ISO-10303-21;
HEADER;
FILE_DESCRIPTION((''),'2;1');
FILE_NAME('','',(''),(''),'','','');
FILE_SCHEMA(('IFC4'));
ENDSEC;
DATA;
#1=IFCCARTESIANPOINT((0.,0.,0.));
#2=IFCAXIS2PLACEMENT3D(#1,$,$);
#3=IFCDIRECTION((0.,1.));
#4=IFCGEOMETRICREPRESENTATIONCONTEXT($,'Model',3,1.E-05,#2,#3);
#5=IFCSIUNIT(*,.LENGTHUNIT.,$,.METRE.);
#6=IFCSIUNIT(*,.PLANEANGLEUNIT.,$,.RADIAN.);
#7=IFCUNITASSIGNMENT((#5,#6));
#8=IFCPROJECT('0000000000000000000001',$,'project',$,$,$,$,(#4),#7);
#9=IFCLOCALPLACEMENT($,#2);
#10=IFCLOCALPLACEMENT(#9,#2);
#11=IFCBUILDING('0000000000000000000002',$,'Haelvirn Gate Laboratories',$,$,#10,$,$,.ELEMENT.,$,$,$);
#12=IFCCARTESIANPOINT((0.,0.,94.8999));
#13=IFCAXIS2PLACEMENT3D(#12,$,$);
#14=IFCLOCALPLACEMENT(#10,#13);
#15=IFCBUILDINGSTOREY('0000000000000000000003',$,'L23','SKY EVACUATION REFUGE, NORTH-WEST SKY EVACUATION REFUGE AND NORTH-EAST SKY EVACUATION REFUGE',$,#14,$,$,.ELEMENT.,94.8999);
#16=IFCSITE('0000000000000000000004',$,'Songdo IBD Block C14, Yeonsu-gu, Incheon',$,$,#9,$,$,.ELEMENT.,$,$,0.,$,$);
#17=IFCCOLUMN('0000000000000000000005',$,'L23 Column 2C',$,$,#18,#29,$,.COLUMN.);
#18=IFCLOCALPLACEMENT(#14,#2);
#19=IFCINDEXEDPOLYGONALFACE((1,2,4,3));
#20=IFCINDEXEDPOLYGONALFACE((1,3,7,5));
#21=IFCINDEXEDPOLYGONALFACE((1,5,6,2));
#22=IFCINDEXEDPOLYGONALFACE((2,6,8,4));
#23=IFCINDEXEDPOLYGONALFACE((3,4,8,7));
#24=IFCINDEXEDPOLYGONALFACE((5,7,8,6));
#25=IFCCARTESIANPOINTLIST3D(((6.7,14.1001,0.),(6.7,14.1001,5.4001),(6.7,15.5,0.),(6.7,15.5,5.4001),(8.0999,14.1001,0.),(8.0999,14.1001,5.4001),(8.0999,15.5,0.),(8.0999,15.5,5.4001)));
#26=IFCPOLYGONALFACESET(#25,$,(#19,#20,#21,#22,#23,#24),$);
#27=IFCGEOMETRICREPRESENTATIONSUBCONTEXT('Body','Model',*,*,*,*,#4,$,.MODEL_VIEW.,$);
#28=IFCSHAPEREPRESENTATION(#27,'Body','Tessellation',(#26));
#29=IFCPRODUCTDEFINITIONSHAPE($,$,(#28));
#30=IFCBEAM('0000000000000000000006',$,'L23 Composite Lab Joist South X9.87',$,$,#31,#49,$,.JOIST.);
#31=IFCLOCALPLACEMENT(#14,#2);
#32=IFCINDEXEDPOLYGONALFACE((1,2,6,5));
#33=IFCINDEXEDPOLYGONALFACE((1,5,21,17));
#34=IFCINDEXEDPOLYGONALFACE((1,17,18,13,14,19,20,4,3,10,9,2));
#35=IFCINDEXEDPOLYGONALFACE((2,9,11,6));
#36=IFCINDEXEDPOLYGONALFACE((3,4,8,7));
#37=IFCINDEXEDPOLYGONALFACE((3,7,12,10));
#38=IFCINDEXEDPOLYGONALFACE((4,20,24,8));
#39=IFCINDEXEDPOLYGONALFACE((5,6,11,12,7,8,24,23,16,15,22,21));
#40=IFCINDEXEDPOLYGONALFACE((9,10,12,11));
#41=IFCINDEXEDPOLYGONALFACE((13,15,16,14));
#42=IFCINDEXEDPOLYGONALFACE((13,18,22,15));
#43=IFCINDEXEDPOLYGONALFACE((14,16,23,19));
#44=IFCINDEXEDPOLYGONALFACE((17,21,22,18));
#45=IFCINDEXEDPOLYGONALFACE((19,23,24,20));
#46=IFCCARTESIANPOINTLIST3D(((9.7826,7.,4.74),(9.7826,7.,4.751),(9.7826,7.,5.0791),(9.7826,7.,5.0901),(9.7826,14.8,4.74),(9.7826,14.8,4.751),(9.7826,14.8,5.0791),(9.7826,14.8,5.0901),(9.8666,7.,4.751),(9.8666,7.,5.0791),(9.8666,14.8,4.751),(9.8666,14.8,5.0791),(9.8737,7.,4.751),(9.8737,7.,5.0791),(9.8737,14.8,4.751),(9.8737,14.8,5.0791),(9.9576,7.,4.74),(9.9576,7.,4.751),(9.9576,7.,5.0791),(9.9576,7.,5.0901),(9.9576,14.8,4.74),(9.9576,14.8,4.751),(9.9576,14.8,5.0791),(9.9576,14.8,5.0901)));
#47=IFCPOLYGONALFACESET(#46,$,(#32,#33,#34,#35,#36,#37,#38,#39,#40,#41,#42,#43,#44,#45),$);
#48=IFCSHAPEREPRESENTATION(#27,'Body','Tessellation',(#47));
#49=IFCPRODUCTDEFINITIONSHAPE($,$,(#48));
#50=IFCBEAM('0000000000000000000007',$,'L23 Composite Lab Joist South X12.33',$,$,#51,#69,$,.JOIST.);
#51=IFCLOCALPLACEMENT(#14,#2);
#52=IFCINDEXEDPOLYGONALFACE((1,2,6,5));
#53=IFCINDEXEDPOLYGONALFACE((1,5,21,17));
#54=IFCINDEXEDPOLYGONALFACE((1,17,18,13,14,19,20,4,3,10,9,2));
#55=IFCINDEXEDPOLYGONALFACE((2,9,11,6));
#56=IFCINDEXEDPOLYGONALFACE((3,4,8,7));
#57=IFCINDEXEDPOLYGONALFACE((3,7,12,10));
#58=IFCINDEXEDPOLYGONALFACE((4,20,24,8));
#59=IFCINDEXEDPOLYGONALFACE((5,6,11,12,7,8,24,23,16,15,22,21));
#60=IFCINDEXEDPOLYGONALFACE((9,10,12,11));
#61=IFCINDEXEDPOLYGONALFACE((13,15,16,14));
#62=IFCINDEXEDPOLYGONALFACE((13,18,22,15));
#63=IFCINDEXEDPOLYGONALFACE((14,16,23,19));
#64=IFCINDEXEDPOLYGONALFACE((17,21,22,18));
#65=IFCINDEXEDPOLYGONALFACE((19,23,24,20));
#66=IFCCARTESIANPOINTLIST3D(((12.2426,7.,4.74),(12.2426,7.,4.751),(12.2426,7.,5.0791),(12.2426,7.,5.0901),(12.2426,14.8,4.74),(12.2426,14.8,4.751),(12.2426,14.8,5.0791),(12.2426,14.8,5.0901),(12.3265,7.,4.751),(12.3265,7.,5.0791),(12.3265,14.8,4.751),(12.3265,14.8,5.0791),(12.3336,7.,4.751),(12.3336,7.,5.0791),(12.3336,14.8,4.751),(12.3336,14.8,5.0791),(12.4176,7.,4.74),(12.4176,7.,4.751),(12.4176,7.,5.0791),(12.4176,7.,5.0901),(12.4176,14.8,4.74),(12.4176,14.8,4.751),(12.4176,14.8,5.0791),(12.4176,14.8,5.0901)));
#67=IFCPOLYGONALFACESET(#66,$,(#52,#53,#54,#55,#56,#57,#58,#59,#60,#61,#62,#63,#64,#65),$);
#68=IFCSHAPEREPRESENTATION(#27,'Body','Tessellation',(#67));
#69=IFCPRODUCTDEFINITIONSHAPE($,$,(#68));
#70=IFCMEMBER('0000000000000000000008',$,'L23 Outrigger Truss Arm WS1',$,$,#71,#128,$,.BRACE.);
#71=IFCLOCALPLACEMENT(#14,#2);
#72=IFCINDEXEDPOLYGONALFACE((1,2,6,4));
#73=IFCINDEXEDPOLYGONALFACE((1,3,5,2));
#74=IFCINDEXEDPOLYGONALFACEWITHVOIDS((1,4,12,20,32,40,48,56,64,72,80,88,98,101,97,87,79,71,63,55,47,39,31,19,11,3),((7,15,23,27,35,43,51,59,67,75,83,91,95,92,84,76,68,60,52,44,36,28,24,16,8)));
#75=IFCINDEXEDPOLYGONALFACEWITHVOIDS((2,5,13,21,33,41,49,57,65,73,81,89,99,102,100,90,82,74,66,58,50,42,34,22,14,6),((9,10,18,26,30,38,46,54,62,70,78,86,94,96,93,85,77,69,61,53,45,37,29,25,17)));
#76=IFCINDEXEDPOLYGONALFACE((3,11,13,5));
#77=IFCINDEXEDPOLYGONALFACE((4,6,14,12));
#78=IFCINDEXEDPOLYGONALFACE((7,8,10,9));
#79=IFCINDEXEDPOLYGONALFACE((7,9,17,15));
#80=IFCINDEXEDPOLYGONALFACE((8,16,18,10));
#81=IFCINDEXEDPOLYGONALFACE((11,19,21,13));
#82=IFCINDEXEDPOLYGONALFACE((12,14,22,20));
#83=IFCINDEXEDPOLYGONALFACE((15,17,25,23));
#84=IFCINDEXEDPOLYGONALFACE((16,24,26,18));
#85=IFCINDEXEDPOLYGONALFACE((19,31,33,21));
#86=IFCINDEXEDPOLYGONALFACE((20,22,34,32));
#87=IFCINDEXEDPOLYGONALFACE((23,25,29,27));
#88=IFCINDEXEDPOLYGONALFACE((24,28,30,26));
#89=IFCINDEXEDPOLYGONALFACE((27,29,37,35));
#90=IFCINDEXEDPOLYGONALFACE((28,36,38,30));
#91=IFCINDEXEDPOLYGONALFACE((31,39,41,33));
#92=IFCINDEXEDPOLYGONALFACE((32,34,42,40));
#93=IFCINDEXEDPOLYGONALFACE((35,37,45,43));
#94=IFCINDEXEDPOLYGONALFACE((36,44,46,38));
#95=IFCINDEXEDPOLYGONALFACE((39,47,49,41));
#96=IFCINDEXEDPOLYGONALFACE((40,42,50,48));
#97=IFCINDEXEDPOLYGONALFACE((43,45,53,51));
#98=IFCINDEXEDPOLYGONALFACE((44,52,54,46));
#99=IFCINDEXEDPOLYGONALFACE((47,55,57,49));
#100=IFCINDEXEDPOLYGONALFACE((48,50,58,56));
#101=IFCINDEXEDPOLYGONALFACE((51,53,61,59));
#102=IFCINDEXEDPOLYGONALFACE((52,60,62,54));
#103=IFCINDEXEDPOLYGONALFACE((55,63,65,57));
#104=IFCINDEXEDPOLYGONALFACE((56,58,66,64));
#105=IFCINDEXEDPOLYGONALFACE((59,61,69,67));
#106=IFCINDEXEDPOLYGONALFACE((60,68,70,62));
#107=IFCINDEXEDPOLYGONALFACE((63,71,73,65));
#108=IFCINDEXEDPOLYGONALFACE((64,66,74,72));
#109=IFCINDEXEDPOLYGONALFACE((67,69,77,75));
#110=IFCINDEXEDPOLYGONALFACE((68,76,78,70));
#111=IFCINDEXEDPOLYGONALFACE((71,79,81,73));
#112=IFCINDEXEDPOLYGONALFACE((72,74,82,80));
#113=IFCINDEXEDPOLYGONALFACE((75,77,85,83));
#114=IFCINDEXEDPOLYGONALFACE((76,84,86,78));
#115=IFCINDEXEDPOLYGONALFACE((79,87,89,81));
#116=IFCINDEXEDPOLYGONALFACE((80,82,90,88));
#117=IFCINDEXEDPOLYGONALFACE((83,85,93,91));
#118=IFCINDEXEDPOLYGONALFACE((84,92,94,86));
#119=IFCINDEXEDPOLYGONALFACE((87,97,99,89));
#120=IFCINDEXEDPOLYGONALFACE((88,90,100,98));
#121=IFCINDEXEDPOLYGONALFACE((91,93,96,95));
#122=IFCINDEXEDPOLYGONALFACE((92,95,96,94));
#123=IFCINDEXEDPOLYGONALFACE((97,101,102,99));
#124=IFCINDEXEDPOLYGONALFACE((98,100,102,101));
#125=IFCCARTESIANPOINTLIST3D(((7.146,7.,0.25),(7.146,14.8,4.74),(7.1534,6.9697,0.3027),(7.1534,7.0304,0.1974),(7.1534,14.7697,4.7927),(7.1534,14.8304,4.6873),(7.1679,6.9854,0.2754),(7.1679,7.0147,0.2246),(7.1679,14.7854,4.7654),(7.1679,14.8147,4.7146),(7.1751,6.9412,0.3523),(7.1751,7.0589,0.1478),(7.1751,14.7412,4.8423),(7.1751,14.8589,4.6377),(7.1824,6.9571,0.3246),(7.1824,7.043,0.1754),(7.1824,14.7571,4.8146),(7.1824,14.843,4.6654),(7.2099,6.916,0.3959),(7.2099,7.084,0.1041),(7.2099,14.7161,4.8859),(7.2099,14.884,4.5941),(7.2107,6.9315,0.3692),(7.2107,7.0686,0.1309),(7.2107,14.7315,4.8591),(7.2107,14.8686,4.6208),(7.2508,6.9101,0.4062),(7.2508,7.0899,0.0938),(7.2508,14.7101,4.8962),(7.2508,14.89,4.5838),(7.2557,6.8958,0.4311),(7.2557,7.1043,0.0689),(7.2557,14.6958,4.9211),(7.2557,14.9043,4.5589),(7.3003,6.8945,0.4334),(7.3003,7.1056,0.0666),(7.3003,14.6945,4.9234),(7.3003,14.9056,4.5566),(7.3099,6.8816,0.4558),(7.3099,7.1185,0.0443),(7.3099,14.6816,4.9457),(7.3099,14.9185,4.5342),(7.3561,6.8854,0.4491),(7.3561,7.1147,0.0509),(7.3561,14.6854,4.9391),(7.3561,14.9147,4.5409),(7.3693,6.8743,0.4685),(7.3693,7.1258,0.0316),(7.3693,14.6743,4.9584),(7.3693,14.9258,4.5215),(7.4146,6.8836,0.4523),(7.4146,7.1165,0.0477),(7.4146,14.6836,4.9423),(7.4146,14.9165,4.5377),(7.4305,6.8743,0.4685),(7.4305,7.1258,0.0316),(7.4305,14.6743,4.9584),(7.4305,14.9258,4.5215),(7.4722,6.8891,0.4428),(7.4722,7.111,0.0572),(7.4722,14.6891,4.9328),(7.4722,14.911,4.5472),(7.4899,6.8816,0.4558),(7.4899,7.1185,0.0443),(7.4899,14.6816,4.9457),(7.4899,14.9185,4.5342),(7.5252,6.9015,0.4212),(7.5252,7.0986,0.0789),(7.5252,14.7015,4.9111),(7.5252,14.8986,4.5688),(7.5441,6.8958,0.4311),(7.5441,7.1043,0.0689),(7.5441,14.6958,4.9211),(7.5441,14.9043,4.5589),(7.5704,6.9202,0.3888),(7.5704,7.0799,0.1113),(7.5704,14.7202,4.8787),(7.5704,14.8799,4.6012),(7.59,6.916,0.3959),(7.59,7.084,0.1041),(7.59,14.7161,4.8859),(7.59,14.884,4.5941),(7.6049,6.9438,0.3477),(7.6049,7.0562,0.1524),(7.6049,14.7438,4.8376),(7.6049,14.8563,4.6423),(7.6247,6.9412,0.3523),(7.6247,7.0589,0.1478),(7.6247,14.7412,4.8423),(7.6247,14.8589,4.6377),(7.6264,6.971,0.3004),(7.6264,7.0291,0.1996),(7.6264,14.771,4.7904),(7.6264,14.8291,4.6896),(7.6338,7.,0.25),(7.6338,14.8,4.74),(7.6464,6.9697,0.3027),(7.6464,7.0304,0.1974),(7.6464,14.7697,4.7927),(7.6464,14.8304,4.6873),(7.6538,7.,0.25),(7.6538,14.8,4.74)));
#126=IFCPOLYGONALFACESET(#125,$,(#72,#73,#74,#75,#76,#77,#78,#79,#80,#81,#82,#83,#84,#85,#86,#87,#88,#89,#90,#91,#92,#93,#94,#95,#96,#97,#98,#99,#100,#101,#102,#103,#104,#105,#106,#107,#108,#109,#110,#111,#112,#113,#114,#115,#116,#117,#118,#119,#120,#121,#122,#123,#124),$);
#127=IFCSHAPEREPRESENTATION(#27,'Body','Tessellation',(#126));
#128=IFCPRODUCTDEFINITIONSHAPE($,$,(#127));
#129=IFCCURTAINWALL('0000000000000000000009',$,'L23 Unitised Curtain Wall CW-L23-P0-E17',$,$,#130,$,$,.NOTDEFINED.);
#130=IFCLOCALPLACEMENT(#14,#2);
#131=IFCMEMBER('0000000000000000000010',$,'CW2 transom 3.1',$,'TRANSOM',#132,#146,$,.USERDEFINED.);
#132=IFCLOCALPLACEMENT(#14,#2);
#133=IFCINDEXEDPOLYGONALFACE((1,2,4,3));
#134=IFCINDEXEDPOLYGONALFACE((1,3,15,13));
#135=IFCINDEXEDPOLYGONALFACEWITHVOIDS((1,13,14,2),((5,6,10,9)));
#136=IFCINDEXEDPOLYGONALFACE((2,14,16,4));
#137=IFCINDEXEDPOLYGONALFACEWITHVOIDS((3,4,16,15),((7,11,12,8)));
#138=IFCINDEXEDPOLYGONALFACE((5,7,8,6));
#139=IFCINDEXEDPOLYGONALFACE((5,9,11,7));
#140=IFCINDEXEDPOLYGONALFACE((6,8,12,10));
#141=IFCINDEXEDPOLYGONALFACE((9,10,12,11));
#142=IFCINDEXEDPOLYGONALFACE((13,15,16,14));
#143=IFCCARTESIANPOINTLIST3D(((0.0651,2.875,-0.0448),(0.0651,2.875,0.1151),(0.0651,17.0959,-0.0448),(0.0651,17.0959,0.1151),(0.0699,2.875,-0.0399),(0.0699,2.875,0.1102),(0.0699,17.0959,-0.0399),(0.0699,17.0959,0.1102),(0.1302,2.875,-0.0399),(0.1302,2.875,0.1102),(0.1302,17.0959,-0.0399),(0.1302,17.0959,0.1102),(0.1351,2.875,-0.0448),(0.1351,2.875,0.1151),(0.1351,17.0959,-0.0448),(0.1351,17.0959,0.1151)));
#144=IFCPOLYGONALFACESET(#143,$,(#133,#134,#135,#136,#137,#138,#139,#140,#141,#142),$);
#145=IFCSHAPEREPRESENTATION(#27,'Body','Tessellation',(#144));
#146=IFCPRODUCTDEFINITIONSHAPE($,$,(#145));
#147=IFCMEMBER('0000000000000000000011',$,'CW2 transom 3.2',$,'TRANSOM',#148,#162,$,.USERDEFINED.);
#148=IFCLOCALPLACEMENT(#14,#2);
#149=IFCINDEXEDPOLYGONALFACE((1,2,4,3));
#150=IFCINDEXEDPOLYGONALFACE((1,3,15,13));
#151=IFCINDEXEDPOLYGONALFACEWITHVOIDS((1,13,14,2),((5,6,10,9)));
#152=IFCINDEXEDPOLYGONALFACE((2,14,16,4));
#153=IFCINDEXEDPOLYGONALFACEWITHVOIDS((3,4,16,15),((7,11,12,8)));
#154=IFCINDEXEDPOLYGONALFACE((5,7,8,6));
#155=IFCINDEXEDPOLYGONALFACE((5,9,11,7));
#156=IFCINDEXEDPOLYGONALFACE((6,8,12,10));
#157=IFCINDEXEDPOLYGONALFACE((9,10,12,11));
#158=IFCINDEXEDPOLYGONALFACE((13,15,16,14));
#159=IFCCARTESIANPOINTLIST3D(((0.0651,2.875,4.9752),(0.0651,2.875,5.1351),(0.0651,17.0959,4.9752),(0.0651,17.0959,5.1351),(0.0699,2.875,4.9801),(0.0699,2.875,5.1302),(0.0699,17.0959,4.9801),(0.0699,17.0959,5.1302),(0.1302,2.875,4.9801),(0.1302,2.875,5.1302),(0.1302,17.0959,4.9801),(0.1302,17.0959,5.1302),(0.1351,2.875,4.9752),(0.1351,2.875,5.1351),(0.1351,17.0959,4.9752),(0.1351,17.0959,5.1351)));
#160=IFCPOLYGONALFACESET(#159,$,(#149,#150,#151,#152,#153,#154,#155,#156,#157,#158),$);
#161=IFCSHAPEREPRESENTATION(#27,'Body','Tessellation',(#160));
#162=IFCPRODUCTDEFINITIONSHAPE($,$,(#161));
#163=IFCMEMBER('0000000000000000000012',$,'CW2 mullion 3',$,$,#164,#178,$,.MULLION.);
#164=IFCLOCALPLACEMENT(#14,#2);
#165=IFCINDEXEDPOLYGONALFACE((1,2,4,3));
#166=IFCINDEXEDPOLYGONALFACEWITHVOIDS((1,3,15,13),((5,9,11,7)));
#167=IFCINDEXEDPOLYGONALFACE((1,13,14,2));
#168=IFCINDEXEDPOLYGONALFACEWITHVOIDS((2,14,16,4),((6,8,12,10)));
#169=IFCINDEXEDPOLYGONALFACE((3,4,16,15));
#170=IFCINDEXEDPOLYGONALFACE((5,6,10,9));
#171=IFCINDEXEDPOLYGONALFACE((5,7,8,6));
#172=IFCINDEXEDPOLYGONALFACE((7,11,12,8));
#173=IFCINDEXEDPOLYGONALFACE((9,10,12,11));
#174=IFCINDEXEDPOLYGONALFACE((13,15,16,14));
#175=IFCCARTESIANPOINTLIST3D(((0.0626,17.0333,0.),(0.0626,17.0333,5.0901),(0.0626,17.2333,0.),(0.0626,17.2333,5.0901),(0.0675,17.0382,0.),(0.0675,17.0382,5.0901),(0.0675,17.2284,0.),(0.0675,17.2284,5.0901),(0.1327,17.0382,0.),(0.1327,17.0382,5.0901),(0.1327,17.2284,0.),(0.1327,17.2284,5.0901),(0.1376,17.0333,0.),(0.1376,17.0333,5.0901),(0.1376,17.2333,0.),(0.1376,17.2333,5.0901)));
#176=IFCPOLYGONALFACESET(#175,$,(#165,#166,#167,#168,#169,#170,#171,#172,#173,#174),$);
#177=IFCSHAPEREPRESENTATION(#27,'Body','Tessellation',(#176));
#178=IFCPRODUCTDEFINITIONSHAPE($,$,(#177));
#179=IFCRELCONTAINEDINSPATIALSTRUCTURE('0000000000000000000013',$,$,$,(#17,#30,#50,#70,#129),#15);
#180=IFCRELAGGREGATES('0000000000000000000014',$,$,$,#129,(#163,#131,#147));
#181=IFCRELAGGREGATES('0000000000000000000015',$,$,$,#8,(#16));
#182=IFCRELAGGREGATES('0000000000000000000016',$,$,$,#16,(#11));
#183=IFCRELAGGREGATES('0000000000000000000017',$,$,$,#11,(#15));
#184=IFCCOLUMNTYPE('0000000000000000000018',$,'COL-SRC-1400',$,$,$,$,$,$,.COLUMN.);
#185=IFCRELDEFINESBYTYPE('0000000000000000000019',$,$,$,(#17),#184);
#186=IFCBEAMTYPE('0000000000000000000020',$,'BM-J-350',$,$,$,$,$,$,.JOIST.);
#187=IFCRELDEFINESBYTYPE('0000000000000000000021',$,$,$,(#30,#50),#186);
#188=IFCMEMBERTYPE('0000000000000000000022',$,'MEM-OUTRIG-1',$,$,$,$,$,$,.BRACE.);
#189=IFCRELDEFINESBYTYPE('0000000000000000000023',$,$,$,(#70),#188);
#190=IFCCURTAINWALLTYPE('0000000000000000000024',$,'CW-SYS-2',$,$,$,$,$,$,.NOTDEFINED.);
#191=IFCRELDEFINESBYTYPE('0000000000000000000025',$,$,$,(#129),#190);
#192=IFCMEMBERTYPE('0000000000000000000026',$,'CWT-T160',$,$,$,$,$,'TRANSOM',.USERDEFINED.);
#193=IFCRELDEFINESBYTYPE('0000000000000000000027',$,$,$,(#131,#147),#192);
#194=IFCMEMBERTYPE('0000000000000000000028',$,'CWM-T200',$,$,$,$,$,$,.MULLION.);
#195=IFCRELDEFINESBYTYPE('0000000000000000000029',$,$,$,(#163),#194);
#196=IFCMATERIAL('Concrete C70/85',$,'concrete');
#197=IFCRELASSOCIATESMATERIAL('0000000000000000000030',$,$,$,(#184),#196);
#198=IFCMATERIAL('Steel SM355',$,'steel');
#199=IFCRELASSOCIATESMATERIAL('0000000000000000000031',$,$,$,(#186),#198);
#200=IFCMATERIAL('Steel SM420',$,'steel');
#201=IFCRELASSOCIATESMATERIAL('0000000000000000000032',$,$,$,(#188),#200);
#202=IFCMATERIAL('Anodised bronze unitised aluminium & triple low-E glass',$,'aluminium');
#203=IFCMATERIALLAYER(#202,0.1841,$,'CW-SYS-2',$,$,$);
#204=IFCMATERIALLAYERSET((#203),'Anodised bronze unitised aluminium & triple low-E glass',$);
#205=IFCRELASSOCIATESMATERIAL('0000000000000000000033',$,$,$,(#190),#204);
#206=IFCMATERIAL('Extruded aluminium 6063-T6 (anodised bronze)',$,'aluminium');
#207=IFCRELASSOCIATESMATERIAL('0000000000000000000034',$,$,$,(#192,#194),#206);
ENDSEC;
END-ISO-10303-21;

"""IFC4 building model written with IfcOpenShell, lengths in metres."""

from ifc_helpers import new_model, si_unit, direction, frame, origin, origin_2d, place, context, subcontext, project, spatial, rectangle, hollow_rectangle, hollow_circle, i_section, extrude, source, transform, mapped, material, layer, layer_set, material_profile, profile_set, type_object, type_shapes, element, aggregate, save


model = new_model("IFC4")

# Units and contexts
model_context = context("Model", 3, precision=1e-05, world=origin(), true_north=direction((0.0, 1.0)))
body_context = subcontext(model_context, "Body", "Model", "MODEL_VIEW")
ifc_project = project(units=[si_unit("LENGTHUNIT", "METRE"), si_unit("PLANEANGLEUNIT", "RADIAN")], contexts=[model_context])

# Site, building, storey
site_placement = place(None, origin())
site = spatial("IfcSite", under=ifc_project, at=site_placement, Name="Songdo IBD Block C14, Yeonsu-gu, Incheon", CompositionType="ELEMENT", RefElevation=0.0)
building_placement = place(site_placement, origin())
building = spatial("IfcBuilding", under=site, at=building_placement, Name="Haelvirn Gate Laboratories", CompositionType="ELEMENT")
storey_placement = place(building_placement, frame((0.0, 0.0, 94.8999)))
storey = spatial("IfcBuildingStorey", under=building, at=storey_placement, Name="L23", Description="SKY EVACUATION REFUGE, NORTH-WEST SKY EVACUATION REFUGE AND NORTH-EAST SKY EVACUATION REFUGE", CompositionType="ELEMENT", Elevation=94.8999)

# Column
ifc_material_1 = material(Name="Concrete C70/85", Category="concrete")
ifc_material_profile_1 = material_profile(ifc_material_1, rectangle(XDim=1.3999, YDim=1.3999, at=origin_2d()), Name="SRC-1400x1400")
ifc_profile_set_1 = profile_set([ifc_material_profile_1], Name="Concrete C70/85")
column_type = type_object("IfcColumnType", Name="COL-SRC-1400", PredefinedType="COLUMN", material=ifc_profile_set_1)
shared_shape_1 = source(origin(), body_context, "Body", "SweptSolid", [
    extrude(rectangle(XDim=1.3999, YDim=1.3999, at=origin_2d()), origin(), (0.0, 0.0, 1.0), 5.4001),
])
type_shapes(column_type, [shared_shape_1])
column_placement = place(storey_placement, frame((7.3999, 14.8, 0.0), z_axis=(0.0, 0.0, 1.0), x_axis=(1.0, 0.0, 0.0)))
element("IfcColumn", 1, at=column_placement, inside=storey, type_object=column_type, Name="L23 Column 2C", PredefinedType="COLUMN", context=body_context, shape_type="MappedRepresentation", body=[
    mapped(shared_shape_1, transform((0.0, 0.0, 0.0), scale=1.0)),
])

# Beams
ifc_material_2 = material(Name="Steel SM355", Category="steel")
ifc_material_profile_2 = material_profile(ifc_material_2, i_section(OverallWidth=0.175, OverallDepth=0.3501, WebThickness=0.0071, FlangeThickness=0.011, at=origin_2d()), Name="H-350x175x7x11")
ifc_profile_set_2 = profile_set([ifc_material_profile_2], Name="Steel SM355")
beam_type = type_object("IfcBeamType", Name="BM-J-350", PredefinedType="JOIST", material=ifc_profile_set_2)
shared_shape_2 = source(origin(), body_context, "Body", "SweptSolid", [
    extrude(i_section(OverallWidth=0.175, OverallDepth=0.3501, WebThickness=0.0071, FlangeThickness=0.011, at=origin_2d()), origin(), (0.0, 0.0, 1.0), 7.8),
])
type_shapes(beam_type, [shared_shape_2])
for number, where, z_axis, x_axis, name in (
    (2, (9.8701, 7.0, 4.915), (0.0, 1.0, 0.0), (-1.0, 0.0, 0.0), "L23 Composite Lab Joist South X9.87"),
    (3, (12.3301, 7.0, 4.915), (0.0, 1.0, 0.0), (-1.0, 0.0, 0.0), "L23 Composite Lab Joist South X12.33"),
):
    element("IfcBeam", number, at=place(storey_placement, frame(where, z_axis=z_axis, x_axis=x_axis)), inside=storey, type_object=beam_type, Name=name, PredefinedType="JOIST", context=body_context, shape_type="MappedRepresentation", body=[
        mapped(shared_shape_2, transform((0.0, 0.0, 0.0), scale=1.0)),
    ])

# Member
ifc_material_3 = material(Name="Steel SM420", Category="steel")
ifc_material_profile_3 = material_profile(ifc_material_3, hollow_circle(Radius=0.2539, WallThickness=0.02, at=origin_2d()), Name="CHS-508x20")
ifc_profile_set_3 = profile_set([ifc_material_profile_3], Name="Steel SM420")
member_type_1 = type_object("IfcMemberType", Name="MEM-OUTRIG-1", PredefinedType="BRACE", material=ifc_profile_set_3)
shared_shape_3 = source(origin(), body_context, "Body", "SweptSolid", [
    extrude(hollow_circle(Radius=0.2539, WallThickness=0.02, at=origin_2d()), origin(), (0.0, 0.0, 1.0), 9.0),
])
type_shapes(member_type_1, [shared_shape_3])
member_1_placement = place(storey_placement, frame((7.3999, 14.8, 4.74), z_axis=(0.0, -0.866668, -0.498885), x_axis=(1.0, 0.0, 0.0)))
element("IfcMember", 4, at=member_1_placement, inside=storey, type_object=member_type_1, Name="L23 Outrigger Truss Arm WS1", PredefinedType="BRACE", context=body_context, shape_type="MappedRepresentation", body=[
    mapped(shared_shape_3, transform((0.0, 0.0, 0.0), scale=1.0)),
])

# Curtain wall, members
ifc_material_4 = material(Name="Anodised bronze unitised aluminium & triple low-E glass", Category="aluminium")
ifc_layer_1 = layer(ifc_material_4, 0.1841, Name="CW-SYS-2")
ifc_layer_set_1 = layer_set([ifc_layer_1], Name="Anodised bronze unitised aluminium & triple low-E glass")
curtain_wall_type = type_object("IfcCurtainWallType", Name="CW-SYS-2", PredefinedType="NOTDEFINED", material=ifc_layer_set_1)
curtain_wall_placement = place(storey_placement, origin())
curtain_wall = element("IfcCurtainWall", 5, at=curtain_wall_placement, inside=storey, type_object=curtain_wall_type, Name="L23 Unitised Curtain Wall CW-L23-P0-E17", PredefinedType="NOTDEFINED")
ifc_material_5 = material(Name="Extruded aluminium 6063-T6 (anodised bronze)", Category="aluminium")
ifc_material_profile_4 = material_profile(ifc_material_5, hollow_rectangle(XDim=0.0701, YDim=0.1599, WallThickness=0.0049, at=origin_2d()), Name="CWT-160x70x5")
ifc_profile_set_4 = profile_set([ifc_material_profile_4], Name="Extruded aluminium 6063-T6 (anodised bronze)")
member_type_2 = type_object("IfcMemberType", Name="CWT-T160", ElementType="TRANSOM", PredefinedType="USERDEFINED", material=ifc_profile_set_4)
shared_shape_4 = source(origin(), body_context, "Body", "SweptSolid", [
    extrude(hollow_rectangle(XDim=0.0701, YDim=0.1599, WallThickness=0.0049, at=origin_2d()), origin(), (0.0, 0.0, 1.0), 14.2209),
])
type_shapes(member_type_2, [shared_shape_4])
member_2_placement = place(storey_placement, frame((0.1001, 17.0959, 0.0352), z_axis=(0.0, -1.0, 0.0), x_axis=(1.0, 0.0, 0.0)))
member_2 = element("IfcMember", 6, at=member_2_placement, type_object=member_type_2, Name="CW2 transom 3.1", ObjectType="TRANSOM", PredefinedType="USERDEFINED", context=body_context, shape_type="MappedRepresentation", body=[
    mapped(shared_shape_4, transform((0.0, 0.0, 0.0), scale=1.0)),
])
member_3_placement = place(storey_placement, frame((0.1001, 17.0959, 5.0552), z_axis=(0.0, -1.0, 0.0), x_axis=(1.0, 0.0, 0.0)))
member_3 = element("IfcMember", 7, at=member_3_placement, type_object=member_type_2, Name="CW2 transom 3.2", ObjectType="TRANSOM", PredefinedType="USERDEFINED", context=body_context, shape_type="MappedRepresentation", body=[
    mapped(shared_shape_4, transform((0.0, 0.0, 0.0), scale=1.0)),
])
ifc_material_profile_5 = material_profile(ifc_material_5, hollow_rectangle(XDim=0.075, YDim=0.2, WallThickness=0.0049, at=origin_2d()), Name="CWM-200x75x5")
ifc_profile_set_5 = profile_set([ifc_material_profile_5], Name="Extruded aluminium 6063-T6 (anodised bronze)")
member_type_3 = type_object("IfcMemberType", Name="CWM-T200", PredefinedType="MULLION", material=ifc_profile_set_5)
shared_shape_5 = source(origin(), body_context, "Body", "SweptSolid", [
    extrude(hollow_rectangle(XDim=0.075, YDim=0.2, WallThickness=0.0049, at=origin_2d()), origin(), (0.0, 0.0, 1.0), 5.0901),
])
type_shapes(member_type_3, [shared_shape_5])
member_4_placement = place(storey_placement, frame((0.1001, 17.1333, 0.0), z_axis=(0.0, 0.0, 1.0), x_axis=(1.0, 0.0, 0.0)))
member_4 = element("IfcMember", 8, at=member_4_placement, type_object=member_type_3, Name="CW2 mullion 3", PredefinedType="MULLION", context=body_context, shape_type="MappedRepresentation", body=[
    mapped(shared_shape_5, transform((0.0, 0.0, 0.0), scale=1.0)),
])

aggregate(curtain_wall, [member_4, member_2, member_3])

save(model, "model.ifc")
